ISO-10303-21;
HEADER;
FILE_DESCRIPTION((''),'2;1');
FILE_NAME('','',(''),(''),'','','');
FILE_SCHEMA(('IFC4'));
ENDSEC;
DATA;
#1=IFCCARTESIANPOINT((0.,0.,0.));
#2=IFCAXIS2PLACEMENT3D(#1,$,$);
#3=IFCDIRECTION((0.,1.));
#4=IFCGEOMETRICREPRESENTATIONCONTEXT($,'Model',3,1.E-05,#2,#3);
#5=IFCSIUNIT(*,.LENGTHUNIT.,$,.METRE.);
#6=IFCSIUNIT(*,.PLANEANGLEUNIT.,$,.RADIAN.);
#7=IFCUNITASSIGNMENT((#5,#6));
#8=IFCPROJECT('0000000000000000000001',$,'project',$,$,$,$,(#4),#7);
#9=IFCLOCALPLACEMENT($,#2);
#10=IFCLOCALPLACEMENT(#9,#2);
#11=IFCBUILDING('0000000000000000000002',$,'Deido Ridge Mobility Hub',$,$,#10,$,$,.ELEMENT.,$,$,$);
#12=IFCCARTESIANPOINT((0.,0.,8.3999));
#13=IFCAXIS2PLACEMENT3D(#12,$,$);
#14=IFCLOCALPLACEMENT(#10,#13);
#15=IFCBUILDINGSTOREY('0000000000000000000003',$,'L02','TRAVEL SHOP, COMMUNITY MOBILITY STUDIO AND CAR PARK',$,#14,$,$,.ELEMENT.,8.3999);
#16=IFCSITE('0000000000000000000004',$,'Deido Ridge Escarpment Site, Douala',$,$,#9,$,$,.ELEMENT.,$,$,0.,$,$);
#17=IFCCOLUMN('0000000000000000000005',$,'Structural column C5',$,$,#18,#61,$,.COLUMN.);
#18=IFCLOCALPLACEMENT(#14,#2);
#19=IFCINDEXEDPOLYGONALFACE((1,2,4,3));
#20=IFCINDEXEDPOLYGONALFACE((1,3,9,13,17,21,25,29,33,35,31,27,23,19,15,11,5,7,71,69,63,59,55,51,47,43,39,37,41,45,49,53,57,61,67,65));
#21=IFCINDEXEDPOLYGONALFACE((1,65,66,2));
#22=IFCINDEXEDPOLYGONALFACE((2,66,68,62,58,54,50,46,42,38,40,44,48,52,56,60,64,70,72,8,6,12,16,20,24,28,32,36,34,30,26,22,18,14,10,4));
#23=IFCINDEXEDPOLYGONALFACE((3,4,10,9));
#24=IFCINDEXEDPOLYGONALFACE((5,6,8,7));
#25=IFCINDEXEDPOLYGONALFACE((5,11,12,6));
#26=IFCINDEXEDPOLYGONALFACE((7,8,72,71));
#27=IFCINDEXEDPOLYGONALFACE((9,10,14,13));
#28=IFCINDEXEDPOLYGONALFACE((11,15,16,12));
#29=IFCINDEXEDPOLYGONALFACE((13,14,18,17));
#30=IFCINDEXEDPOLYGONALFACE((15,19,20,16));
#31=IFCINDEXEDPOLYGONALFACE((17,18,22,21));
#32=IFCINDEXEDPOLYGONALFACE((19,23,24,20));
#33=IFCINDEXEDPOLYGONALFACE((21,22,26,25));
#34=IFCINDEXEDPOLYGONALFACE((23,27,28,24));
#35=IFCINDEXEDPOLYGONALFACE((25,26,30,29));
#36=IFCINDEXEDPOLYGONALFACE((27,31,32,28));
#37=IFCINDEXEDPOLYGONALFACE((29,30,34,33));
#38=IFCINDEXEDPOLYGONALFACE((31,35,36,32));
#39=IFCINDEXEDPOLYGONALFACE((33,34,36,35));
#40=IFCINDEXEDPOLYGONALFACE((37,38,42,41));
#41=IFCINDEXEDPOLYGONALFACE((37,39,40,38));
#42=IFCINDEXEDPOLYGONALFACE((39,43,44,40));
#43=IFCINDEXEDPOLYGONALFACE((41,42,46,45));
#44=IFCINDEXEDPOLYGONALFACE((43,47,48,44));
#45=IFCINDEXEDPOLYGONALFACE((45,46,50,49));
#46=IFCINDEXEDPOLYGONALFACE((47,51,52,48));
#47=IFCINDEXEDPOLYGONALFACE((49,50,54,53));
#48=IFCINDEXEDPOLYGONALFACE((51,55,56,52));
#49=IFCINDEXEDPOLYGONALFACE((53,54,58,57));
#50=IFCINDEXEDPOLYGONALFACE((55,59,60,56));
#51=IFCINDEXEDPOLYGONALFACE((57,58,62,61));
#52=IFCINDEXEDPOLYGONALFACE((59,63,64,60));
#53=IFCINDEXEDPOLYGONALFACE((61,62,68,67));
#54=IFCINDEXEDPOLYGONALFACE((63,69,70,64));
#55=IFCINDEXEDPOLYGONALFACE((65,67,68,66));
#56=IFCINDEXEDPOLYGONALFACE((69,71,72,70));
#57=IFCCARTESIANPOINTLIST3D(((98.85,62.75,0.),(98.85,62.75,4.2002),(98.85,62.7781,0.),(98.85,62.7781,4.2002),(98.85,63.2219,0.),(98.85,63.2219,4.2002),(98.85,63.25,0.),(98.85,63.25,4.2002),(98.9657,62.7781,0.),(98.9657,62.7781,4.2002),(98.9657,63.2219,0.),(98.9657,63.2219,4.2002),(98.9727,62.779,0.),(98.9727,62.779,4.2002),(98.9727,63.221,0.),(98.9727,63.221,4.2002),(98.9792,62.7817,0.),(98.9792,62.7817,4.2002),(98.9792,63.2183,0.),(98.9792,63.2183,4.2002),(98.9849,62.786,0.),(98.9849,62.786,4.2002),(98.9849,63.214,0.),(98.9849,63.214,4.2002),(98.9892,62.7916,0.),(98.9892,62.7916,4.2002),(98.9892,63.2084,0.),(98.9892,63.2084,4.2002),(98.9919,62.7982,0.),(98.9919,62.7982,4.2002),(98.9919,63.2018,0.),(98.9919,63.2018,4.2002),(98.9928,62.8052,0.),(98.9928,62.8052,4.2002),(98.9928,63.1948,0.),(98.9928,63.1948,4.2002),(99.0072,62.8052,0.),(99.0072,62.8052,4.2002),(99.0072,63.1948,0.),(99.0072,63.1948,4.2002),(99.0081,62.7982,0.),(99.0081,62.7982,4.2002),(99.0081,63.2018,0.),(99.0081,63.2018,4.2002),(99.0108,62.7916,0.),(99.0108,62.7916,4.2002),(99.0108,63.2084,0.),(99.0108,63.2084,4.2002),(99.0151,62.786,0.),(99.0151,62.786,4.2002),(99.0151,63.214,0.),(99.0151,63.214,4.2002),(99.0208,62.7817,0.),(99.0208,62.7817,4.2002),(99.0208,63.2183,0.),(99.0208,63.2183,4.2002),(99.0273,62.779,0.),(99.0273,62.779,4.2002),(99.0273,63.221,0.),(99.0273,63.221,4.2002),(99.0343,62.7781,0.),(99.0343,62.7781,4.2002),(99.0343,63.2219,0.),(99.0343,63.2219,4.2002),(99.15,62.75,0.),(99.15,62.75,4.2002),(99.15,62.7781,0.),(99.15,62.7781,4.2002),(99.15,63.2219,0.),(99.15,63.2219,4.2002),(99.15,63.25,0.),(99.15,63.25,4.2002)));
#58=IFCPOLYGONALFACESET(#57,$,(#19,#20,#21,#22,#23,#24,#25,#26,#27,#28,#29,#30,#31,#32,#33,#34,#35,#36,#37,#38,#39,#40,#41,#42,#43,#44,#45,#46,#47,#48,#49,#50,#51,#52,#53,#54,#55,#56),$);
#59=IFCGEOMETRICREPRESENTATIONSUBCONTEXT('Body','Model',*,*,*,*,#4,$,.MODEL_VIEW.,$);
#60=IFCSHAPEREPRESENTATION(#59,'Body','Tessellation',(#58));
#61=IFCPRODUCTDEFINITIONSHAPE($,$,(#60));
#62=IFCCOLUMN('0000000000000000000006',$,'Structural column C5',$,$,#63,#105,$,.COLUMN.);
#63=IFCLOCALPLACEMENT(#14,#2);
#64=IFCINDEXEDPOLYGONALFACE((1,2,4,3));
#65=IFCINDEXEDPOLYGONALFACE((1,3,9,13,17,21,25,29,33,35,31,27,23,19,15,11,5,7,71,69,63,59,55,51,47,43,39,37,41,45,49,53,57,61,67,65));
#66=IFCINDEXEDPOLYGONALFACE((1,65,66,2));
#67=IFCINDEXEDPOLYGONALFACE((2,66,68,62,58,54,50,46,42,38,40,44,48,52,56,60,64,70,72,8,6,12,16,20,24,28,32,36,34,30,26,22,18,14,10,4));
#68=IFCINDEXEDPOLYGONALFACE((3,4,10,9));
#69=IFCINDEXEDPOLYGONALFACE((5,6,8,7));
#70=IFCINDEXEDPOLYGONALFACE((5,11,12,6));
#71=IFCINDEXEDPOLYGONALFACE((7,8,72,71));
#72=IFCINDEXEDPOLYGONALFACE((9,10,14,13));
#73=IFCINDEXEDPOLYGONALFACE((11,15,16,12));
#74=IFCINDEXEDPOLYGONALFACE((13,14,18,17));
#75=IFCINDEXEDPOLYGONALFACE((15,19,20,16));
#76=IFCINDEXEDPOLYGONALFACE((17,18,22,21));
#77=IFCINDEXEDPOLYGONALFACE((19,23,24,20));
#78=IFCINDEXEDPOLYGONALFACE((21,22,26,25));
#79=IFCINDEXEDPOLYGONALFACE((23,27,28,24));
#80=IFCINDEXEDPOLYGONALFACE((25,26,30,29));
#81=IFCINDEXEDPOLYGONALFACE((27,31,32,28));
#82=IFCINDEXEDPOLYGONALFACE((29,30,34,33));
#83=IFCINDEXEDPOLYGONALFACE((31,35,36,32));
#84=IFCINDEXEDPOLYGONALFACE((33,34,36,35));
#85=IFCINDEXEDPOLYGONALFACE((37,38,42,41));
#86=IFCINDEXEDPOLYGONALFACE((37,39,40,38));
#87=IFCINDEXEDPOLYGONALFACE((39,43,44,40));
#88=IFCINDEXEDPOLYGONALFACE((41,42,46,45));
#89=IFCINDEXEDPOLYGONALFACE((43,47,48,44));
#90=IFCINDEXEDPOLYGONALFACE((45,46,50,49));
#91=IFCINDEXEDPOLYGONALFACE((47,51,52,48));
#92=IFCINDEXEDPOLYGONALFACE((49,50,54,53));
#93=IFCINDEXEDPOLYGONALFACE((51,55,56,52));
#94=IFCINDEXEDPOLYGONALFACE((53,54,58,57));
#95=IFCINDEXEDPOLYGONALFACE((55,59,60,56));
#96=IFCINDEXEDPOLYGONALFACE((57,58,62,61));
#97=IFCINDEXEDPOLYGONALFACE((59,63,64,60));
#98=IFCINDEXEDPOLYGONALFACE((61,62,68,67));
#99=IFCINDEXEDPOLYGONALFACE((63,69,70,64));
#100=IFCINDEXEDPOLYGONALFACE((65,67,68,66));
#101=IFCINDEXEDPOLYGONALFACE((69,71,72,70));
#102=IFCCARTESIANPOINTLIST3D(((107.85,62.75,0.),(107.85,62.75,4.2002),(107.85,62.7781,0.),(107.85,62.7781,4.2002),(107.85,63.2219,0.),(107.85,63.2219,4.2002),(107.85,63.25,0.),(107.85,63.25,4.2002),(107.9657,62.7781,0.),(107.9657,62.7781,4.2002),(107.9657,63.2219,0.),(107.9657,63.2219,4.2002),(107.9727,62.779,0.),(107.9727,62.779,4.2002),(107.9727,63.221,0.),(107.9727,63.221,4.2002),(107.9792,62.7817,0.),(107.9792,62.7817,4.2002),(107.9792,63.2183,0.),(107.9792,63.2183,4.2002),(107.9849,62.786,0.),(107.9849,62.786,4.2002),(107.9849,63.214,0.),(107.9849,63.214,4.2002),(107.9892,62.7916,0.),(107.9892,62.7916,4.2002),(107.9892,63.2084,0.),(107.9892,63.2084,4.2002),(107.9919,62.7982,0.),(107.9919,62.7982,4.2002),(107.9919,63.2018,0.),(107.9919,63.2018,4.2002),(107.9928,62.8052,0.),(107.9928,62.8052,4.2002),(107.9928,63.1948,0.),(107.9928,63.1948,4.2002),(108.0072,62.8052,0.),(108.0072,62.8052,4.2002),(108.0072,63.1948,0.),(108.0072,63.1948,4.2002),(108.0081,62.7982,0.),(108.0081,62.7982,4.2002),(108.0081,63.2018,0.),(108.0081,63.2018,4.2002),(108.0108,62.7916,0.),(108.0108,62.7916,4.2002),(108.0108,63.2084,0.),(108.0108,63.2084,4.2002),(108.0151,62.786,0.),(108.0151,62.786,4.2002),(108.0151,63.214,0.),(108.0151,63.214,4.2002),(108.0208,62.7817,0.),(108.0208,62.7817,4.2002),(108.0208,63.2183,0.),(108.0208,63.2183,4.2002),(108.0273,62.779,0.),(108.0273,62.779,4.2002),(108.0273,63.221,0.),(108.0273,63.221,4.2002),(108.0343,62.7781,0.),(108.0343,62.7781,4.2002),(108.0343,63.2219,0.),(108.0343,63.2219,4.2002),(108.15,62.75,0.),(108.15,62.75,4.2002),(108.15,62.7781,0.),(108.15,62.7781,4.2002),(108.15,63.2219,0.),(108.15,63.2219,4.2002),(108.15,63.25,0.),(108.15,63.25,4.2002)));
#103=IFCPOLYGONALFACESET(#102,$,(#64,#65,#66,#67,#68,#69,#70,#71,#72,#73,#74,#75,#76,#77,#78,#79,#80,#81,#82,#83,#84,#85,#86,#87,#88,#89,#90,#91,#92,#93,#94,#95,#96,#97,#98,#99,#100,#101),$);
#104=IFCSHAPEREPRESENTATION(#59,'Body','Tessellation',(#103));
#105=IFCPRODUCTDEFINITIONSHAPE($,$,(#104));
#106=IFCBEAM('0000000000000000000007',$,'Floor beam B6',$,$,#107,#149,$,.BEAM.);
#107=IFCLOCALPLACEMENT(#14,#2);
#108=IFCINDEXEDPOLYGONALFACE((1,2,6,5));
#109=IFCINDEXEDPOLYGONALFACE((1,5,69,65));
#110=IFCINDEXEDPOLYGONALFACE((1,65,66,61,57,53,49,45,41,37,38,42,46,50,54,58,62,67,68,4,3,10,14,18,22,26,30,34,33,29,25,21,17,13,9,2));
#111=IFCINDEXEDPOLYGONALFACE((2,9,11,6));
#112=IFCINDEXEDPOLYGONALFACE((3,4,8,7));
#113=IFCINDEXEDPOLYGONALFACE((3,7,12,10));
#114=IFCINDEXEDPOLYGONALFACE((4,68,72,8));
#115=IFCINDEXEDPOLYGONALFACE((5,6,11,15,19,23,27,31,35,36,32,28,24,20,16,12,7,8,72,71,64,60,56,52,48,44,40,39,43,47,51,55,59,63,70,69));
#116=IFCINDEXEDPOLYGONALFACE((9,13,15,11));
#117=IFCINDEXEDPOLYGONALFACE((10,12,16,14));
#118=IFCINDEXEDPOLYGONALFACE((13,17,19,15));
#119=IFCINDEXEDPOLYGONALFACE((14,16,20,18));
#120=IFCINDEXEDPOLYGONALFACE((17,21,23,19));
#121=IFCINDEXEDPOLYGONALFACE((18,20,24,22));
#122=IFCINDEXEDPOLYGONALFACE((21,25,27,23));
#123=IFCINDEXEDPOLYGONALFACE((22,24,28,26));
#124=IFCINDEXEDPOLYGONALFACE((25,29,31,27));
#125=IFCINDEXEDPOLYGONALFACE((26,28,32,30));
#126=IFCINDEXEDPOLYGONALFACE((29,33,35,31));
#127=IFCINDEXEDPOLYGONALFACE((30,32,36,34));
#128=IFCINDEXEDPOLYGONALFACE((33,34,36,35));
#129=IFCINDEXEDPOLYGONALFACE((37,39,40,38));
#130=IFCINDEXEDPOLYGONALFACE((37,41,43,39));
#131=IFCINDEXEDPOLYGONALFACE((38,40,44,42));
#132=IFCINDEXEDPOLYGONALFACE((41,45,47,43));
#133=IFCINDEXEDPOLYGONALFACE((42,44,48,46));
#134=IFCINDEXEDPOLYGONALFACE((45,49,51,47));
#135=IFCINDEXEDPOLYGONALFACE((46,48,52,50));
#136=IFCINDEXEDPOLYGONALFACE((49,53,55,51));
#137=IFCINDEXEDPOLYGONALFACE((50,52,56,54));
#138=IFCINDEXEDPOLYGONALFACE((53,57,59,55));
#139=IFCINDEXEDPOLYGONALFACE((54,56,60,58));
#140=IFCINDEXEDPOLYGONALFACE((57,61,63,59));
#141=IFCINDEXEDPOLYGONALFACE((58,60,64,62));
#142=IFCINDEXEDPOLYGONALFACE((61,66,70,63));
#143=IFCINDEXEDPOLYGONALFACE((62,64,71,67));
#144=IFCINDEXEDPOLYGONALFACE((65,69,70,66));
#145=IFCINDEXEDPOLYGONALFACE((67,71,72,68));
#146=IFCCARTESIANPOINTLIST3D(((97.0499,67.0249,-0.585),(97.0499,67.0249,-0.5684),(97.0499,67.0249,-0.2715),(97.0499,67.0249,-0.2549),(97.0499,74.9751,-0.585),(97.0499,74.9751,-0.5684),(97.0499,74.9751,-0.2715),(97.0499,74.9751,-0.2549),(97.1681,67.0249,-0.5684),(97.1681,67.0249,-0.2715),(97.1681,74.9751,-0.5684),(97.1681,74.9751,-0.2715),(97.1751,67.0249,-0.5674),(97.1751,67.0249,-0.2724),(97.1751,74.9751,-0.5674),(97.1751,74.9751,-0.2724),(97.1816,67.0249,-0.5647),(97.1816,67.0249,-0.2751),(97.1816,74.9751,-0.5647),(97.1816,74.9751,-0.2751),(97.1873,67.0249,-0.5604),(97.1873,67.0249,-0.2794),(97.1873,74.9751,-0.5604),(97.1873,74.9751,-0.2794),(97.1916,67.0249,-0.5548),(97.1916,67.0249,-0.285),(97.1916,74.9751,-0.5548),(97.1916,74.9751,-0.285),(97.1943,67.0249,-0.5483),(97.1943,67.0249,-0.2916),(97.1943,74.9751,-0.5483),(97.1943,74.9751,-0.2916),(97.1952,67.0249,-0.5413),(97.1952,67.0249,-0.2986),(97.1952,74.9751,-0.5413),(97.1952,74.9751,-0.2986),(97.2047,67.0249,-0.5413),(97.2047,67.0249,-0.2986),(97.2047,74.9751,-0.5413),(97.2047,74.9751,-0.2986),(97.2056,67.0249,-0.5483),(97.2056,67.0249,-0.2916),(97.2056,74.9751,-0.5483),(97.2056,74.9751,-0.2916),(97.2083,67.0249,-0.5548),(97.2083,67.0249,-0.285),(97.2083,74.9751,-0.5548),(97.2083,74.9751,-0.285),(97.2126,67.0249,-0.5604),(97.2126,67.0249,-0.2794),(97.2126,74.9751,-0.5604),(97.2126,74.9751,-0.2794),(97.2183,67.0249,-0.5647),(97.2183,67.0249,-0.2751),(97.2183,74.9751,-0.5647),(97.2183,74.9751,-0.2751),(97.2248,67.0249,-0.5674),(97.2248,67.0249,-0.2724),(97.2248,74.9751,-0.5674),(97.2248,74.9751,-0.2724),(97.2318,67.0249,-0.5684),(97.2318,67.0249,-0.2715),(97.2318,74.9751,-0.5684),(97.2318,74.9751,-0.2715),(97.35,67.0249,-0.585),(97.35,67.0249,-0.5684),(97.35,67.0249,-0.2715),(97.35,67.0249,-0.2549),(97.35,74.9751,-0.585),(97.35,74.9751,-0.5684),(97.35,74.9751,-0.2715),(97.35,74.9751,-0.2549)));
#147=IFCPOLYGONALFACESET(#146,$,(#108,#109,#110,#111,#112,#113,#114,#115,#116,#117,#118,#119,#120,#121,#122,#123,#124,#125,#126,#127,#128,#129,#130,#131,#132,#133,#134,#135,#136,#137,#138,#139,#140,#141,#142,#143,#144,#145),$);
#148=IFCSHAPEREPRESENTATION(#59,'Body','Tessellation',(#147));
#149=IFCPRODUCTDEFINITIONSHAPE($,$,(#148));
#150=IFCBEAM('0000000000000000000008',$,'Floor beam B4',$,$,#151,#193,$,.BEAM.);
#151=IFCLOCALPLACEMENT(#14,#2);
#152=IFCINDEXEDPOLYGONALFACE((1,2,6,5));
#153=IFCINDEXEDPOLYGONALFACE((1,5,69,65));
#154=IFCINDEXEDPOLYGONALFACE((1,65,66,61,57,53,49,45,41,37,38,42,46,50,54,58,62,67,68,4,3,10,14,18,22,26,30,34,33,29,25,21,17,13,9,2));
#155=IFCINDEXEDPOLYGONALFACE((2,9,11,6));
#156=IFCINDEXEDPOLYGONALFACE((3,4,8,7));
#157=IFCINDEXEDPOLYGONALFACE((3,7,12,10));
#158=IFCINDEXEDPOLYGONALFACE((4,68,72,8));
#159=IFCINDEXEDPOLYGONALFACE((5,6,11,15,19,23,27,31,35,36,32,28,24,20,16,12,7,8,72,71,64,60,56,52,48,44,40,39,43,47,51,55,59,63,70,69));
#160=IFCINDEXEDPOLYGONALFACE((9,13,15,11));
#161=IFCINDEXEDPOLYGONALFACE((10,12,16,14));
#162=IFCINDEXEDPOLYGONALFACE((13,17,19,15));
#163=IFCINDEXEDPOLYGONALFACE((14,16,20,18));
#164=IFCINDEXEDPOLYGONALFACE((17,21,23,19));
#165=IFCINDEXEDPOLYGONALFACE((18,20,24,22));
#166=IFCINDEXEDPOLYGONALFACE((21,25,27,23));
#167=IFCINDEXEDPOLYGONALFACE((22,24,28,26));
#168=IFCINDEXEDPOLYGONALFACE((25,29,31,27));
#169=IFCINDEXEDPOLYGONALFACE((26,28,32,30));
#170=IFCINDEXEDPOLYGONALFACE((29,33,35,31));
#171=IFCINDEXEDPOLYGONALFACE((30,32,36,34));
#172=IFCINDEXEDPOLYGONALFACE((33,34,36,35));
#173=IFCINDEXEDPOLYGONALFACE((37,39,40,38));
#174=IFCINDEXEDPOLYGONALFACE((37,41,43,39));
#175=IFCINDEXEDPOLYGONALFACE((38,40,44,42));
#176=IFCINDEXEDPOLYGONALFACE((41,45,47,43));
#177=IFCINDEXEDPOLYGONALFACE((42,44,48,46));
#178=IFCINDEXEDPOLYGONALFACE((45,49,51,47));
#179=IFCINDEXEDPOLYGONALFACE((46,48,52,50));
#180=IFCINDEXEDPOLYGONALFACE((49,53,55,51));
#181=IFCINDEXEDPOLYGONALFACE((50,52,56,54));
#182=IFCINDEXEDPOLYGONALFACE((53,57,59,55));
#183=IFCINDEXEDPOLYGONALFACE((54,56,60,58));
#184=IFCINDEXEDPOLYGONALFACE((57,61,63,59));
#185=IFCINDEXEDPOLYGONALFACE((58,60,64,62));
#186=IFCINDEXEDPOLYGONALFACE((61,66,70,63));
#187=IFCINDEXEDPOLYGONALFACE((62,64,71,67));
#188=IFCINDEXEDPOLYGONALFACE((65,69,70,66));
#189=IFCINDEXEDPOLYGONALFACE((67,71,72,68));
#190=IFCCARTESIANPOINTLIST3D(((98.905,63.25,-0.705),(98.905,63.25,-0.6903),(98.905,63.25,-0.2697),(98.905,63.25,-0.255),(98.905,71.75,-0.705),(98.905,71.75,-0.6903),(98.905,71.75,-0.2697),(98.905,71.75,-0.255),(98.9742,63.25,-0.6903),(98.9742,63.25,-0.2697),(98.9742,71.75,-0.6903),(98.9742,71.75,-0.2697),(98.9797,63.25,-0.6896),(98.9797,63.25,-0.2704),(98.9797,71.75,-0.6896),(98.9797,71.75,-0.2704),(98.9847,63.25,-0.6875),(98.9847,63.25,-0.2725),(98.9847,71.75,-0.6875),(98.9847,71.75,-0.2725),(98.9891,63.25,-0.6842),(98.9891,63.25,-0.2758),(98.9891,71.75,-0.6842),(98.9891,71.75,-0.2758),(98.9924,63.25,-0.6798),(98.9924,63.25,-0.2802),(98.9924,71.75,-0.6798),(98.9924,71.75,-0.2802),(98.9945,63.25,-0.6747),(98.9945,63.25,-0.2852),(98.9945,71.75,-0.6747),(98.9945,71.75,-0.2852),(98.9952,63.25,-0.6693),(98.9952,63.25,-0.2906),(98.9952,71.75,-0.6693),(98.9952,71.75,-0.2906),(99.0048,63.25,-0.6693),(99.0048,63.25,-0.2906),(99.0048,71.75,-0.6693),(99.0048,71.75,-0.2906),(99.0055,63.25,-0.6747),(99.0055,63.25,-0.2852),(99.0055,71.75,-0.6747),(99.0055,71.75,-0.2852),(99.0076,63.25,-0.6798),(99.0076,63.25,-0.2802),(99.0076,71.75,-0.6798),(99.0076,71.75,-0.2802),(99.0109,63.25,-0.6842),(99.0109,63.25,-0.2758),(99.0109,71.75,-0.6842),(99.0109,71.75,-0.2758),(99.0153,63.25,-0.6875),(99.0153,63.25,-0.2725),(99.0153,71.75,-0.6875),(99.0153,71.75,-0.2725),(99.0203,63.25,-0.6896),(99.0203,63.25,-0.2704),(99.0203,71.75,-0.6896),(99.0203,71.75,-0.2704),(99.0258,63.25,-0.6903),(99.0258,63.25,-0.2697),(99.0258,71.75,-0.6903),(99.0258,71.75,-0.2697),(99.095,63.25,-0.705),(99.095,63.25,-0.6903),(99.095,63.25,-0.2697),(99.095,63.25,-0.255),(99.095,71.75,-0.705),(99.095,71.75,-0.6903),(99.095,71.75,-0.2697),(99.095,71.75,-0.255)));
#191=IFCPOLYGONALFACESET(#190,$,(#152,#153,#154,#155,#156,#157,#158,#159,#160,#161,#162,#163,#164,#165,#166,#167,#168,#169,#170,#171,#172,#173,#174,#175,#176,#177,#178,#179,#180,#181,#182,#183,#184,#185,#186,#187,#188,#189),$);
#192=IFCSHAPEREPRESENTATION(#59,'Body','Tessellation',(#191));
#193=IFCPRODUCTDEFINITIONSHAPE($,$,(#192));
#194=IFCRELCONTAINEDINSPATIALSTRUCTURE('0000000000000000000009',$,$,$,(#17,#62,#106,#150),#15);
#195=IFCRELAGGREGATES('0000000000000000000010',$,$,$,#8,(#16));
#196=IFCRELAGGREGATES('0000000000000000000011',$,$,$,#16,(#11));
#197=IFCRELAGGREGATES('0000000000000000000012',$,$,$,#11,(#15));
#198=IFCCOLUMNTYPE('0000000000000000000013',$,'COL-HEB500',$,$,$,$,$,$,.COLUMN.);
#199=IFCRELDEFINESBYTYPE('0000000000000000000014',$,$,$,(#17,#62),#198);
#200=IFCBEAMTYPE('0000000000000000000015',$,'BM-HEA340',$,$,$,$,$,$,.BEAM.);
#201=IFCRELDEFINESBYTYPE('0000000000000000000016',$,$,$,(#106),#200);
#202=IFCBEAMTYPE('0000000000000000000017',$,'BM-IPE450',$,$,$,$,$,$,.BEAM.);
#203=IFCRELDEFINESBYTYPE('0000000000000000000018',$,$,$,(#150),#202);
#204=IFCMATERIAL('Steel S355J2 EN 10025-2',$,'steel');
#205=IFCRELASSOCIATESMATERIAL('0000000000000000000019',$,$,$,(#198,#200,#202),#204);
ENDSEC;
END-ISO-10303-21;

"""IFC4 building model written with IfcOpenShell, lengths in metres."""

from ifc_helpers import new_model, si_unit, direction, frame, origin, origin_2d, place, context, subcontext, project, spatial, i_section, extrude, material, material_profile, profile_set, type_object, element, save


model = new_model("IFC4")

# Units and contexts
model_context = context("Model", 3, precision=1e-05, world=origin(), true_north=direction((0.0, 1.0)))
body_context = subcontext(model_context, "Body", "Model", "MODEL_VIEW")
ifc_project = project(units=[si_unit("LENGTHUNIT", "METRE"), si_unit("PLANEANGLEUNIT", "RADIAN")], contexts=[model_context])

# Site, building, storey
site_placement = place(None, origin())
site = spatial("IfcSite", under=ifc_project, at=site_placement, Name="Deido Ridge Escarpment Site, Douala", CompositionType="ELEMENT", RefElevation=0.0)
building_placement = place(site_placement, origin())
building = spatial("IfcBuilding", under=site, at=building_placement, Name="Deido Ridge Mobility Hub", CompositionType="ELEMENT")
storey_placement = place(building_placement, frame((0.0, 0.0, 8.3999)))
storey = spatial("IfcBuildingStorey", under=building, at=storey_placement, Name="L02", Description="TRAVEL SHOP, COMMUNITY MOBILITY STUDIO AND CAR PARK", CompositionType="ELEMENT", Elevation=8.3999)

# Columns
ifc_material_1 = material(Name="Steel S355J2 EN 10025-2", Category="steel")
ifc_material_profile_1 = material_profile(ifc_material_1, i_section(OverallWidth=0.3, OverallDepth=0.5, WebThickness=0.0144, FlangeThickness=0.0281, FilletRadius=0.0271, at=origin_2d()), Name="HEB 500")
ifc_profile_set_1 = profile_set([ifc_material_profile_1], Name="Steel S355J2 EN 10025-2")
column_type = type_object("IfcColumnType", Name="COL-HEB500", PredefinedType="COLUMN", material=ifc_profile_set_1)
for number, where, z_axis, x_axis, name in (
    (1, (99.0, 63.0, 0.0), (0.0, 0.0, 1.0), (1.0, 0.0, 0.0), "Structural column C5"),
    (2, (108.0, 63.0, 0.0), (0.0, 0.0, 1.0), (1.0, 0.0, 0.0), "Structural column C5"),
):
    element("IfcColumn", number, at=place(storey_placement, frame(where, z_axis=z_axis, x_axis=x_axis)), inside=storey, type_object=column_type, Name=name, PredefinedType="COLUMN", context=body_context, shape_type="SweptSolid", body=[
        extrude(i_section(OverallWidth=0.3, OverallDepth=0.5, WebThickness=0.0144, FlangeThickness=0.0281, FilletRadius=0.0271, at=origin_2d()), origin(), (0.0, 0.0, 1.0), 4.2002),
    ])

# Beams
ifc_material_profile_2 = material_profile(ifc_material_1, i_section(OverallWidth=0.3, OverallDepth=0.3301, WebThickness=0.0095, FlangeThickness=0.0166, FilletRadius=0.0271, at=origin_2d()), Name="HEA 340")
ifc_profile_set_2 = profile_set([ifc_material_profile_2], Name="Steel S355J2 EN 10025-2")
beam_type_1 = type_object("IfcBeamType", Name="BM-HEA340", PredefinedType="BEAM", material=ifc_profile_set_2)
beam_1_placement = place(storey_placement, frame((97.2, 67.0249, -0.4199), z_axis=(0.0, 1.0, 0.0), x_axis=(-1.0, 0.0, 0.0)))
element("IfcBeam", 3, at=beam_1_placement, inside=storey, type_object=beam_type_1, Name="Floor beam B6", PredefinedType="BEAM", context=body_context, shape_type="SweptSolid", body=[
    extrude(i_section(OverallWidth=0.3, OverallDepth=0.3301, WebThickness=0.0095, FlangeThickness=0.0166, FilletRadius=0.0271, at=origin_2d()), origin(), (0.0, 0.0, 1.0), 7.9502),
])
ifc_material_profile_3 = material_profile(ifc_material_1, i_section(OverallWidth=0.1899, OverallDepth=0.45, WebThickness=0.0095, FlangeThickness=0.0146, FilletRadius=0.021, at=origin_2d()), Name="IPE 450")
ifc_profile_set_3 = profile_set([ifc_material_profile_3], Name="Steel S355J2 EN 10025-2")
beam_type_2 = type_object("IfcBeamType", Name="BM-IPE450", PredefinedType="BEAM", material=ifc_profile_set_3)
beam_2_placement = place(storey_placement, frame((99.0, 63.25, -0.48), z_axis=(0.0, 1.0, 0.0), x_axis=(-1.0, 0.0, 0.0)))
element("IfcBeam", 4, at=beam_2_placement, inside=storey, type_object=beam_type_2, Name="Floor beam B4", PredefinedType="BEAM", context=body_context, shape_type="SweptSolid", body=[
    extrude(i_section(OverallWidth=0.1899, OverallDepth=0.45, WebThickness=0.0095, FlangeThickness=0.0146, FilletRadius=0.021, at=origin_2d()), origin(), (0.0, 0.0, 1.0), 8.5),
])

save(model, "model.ifc")
